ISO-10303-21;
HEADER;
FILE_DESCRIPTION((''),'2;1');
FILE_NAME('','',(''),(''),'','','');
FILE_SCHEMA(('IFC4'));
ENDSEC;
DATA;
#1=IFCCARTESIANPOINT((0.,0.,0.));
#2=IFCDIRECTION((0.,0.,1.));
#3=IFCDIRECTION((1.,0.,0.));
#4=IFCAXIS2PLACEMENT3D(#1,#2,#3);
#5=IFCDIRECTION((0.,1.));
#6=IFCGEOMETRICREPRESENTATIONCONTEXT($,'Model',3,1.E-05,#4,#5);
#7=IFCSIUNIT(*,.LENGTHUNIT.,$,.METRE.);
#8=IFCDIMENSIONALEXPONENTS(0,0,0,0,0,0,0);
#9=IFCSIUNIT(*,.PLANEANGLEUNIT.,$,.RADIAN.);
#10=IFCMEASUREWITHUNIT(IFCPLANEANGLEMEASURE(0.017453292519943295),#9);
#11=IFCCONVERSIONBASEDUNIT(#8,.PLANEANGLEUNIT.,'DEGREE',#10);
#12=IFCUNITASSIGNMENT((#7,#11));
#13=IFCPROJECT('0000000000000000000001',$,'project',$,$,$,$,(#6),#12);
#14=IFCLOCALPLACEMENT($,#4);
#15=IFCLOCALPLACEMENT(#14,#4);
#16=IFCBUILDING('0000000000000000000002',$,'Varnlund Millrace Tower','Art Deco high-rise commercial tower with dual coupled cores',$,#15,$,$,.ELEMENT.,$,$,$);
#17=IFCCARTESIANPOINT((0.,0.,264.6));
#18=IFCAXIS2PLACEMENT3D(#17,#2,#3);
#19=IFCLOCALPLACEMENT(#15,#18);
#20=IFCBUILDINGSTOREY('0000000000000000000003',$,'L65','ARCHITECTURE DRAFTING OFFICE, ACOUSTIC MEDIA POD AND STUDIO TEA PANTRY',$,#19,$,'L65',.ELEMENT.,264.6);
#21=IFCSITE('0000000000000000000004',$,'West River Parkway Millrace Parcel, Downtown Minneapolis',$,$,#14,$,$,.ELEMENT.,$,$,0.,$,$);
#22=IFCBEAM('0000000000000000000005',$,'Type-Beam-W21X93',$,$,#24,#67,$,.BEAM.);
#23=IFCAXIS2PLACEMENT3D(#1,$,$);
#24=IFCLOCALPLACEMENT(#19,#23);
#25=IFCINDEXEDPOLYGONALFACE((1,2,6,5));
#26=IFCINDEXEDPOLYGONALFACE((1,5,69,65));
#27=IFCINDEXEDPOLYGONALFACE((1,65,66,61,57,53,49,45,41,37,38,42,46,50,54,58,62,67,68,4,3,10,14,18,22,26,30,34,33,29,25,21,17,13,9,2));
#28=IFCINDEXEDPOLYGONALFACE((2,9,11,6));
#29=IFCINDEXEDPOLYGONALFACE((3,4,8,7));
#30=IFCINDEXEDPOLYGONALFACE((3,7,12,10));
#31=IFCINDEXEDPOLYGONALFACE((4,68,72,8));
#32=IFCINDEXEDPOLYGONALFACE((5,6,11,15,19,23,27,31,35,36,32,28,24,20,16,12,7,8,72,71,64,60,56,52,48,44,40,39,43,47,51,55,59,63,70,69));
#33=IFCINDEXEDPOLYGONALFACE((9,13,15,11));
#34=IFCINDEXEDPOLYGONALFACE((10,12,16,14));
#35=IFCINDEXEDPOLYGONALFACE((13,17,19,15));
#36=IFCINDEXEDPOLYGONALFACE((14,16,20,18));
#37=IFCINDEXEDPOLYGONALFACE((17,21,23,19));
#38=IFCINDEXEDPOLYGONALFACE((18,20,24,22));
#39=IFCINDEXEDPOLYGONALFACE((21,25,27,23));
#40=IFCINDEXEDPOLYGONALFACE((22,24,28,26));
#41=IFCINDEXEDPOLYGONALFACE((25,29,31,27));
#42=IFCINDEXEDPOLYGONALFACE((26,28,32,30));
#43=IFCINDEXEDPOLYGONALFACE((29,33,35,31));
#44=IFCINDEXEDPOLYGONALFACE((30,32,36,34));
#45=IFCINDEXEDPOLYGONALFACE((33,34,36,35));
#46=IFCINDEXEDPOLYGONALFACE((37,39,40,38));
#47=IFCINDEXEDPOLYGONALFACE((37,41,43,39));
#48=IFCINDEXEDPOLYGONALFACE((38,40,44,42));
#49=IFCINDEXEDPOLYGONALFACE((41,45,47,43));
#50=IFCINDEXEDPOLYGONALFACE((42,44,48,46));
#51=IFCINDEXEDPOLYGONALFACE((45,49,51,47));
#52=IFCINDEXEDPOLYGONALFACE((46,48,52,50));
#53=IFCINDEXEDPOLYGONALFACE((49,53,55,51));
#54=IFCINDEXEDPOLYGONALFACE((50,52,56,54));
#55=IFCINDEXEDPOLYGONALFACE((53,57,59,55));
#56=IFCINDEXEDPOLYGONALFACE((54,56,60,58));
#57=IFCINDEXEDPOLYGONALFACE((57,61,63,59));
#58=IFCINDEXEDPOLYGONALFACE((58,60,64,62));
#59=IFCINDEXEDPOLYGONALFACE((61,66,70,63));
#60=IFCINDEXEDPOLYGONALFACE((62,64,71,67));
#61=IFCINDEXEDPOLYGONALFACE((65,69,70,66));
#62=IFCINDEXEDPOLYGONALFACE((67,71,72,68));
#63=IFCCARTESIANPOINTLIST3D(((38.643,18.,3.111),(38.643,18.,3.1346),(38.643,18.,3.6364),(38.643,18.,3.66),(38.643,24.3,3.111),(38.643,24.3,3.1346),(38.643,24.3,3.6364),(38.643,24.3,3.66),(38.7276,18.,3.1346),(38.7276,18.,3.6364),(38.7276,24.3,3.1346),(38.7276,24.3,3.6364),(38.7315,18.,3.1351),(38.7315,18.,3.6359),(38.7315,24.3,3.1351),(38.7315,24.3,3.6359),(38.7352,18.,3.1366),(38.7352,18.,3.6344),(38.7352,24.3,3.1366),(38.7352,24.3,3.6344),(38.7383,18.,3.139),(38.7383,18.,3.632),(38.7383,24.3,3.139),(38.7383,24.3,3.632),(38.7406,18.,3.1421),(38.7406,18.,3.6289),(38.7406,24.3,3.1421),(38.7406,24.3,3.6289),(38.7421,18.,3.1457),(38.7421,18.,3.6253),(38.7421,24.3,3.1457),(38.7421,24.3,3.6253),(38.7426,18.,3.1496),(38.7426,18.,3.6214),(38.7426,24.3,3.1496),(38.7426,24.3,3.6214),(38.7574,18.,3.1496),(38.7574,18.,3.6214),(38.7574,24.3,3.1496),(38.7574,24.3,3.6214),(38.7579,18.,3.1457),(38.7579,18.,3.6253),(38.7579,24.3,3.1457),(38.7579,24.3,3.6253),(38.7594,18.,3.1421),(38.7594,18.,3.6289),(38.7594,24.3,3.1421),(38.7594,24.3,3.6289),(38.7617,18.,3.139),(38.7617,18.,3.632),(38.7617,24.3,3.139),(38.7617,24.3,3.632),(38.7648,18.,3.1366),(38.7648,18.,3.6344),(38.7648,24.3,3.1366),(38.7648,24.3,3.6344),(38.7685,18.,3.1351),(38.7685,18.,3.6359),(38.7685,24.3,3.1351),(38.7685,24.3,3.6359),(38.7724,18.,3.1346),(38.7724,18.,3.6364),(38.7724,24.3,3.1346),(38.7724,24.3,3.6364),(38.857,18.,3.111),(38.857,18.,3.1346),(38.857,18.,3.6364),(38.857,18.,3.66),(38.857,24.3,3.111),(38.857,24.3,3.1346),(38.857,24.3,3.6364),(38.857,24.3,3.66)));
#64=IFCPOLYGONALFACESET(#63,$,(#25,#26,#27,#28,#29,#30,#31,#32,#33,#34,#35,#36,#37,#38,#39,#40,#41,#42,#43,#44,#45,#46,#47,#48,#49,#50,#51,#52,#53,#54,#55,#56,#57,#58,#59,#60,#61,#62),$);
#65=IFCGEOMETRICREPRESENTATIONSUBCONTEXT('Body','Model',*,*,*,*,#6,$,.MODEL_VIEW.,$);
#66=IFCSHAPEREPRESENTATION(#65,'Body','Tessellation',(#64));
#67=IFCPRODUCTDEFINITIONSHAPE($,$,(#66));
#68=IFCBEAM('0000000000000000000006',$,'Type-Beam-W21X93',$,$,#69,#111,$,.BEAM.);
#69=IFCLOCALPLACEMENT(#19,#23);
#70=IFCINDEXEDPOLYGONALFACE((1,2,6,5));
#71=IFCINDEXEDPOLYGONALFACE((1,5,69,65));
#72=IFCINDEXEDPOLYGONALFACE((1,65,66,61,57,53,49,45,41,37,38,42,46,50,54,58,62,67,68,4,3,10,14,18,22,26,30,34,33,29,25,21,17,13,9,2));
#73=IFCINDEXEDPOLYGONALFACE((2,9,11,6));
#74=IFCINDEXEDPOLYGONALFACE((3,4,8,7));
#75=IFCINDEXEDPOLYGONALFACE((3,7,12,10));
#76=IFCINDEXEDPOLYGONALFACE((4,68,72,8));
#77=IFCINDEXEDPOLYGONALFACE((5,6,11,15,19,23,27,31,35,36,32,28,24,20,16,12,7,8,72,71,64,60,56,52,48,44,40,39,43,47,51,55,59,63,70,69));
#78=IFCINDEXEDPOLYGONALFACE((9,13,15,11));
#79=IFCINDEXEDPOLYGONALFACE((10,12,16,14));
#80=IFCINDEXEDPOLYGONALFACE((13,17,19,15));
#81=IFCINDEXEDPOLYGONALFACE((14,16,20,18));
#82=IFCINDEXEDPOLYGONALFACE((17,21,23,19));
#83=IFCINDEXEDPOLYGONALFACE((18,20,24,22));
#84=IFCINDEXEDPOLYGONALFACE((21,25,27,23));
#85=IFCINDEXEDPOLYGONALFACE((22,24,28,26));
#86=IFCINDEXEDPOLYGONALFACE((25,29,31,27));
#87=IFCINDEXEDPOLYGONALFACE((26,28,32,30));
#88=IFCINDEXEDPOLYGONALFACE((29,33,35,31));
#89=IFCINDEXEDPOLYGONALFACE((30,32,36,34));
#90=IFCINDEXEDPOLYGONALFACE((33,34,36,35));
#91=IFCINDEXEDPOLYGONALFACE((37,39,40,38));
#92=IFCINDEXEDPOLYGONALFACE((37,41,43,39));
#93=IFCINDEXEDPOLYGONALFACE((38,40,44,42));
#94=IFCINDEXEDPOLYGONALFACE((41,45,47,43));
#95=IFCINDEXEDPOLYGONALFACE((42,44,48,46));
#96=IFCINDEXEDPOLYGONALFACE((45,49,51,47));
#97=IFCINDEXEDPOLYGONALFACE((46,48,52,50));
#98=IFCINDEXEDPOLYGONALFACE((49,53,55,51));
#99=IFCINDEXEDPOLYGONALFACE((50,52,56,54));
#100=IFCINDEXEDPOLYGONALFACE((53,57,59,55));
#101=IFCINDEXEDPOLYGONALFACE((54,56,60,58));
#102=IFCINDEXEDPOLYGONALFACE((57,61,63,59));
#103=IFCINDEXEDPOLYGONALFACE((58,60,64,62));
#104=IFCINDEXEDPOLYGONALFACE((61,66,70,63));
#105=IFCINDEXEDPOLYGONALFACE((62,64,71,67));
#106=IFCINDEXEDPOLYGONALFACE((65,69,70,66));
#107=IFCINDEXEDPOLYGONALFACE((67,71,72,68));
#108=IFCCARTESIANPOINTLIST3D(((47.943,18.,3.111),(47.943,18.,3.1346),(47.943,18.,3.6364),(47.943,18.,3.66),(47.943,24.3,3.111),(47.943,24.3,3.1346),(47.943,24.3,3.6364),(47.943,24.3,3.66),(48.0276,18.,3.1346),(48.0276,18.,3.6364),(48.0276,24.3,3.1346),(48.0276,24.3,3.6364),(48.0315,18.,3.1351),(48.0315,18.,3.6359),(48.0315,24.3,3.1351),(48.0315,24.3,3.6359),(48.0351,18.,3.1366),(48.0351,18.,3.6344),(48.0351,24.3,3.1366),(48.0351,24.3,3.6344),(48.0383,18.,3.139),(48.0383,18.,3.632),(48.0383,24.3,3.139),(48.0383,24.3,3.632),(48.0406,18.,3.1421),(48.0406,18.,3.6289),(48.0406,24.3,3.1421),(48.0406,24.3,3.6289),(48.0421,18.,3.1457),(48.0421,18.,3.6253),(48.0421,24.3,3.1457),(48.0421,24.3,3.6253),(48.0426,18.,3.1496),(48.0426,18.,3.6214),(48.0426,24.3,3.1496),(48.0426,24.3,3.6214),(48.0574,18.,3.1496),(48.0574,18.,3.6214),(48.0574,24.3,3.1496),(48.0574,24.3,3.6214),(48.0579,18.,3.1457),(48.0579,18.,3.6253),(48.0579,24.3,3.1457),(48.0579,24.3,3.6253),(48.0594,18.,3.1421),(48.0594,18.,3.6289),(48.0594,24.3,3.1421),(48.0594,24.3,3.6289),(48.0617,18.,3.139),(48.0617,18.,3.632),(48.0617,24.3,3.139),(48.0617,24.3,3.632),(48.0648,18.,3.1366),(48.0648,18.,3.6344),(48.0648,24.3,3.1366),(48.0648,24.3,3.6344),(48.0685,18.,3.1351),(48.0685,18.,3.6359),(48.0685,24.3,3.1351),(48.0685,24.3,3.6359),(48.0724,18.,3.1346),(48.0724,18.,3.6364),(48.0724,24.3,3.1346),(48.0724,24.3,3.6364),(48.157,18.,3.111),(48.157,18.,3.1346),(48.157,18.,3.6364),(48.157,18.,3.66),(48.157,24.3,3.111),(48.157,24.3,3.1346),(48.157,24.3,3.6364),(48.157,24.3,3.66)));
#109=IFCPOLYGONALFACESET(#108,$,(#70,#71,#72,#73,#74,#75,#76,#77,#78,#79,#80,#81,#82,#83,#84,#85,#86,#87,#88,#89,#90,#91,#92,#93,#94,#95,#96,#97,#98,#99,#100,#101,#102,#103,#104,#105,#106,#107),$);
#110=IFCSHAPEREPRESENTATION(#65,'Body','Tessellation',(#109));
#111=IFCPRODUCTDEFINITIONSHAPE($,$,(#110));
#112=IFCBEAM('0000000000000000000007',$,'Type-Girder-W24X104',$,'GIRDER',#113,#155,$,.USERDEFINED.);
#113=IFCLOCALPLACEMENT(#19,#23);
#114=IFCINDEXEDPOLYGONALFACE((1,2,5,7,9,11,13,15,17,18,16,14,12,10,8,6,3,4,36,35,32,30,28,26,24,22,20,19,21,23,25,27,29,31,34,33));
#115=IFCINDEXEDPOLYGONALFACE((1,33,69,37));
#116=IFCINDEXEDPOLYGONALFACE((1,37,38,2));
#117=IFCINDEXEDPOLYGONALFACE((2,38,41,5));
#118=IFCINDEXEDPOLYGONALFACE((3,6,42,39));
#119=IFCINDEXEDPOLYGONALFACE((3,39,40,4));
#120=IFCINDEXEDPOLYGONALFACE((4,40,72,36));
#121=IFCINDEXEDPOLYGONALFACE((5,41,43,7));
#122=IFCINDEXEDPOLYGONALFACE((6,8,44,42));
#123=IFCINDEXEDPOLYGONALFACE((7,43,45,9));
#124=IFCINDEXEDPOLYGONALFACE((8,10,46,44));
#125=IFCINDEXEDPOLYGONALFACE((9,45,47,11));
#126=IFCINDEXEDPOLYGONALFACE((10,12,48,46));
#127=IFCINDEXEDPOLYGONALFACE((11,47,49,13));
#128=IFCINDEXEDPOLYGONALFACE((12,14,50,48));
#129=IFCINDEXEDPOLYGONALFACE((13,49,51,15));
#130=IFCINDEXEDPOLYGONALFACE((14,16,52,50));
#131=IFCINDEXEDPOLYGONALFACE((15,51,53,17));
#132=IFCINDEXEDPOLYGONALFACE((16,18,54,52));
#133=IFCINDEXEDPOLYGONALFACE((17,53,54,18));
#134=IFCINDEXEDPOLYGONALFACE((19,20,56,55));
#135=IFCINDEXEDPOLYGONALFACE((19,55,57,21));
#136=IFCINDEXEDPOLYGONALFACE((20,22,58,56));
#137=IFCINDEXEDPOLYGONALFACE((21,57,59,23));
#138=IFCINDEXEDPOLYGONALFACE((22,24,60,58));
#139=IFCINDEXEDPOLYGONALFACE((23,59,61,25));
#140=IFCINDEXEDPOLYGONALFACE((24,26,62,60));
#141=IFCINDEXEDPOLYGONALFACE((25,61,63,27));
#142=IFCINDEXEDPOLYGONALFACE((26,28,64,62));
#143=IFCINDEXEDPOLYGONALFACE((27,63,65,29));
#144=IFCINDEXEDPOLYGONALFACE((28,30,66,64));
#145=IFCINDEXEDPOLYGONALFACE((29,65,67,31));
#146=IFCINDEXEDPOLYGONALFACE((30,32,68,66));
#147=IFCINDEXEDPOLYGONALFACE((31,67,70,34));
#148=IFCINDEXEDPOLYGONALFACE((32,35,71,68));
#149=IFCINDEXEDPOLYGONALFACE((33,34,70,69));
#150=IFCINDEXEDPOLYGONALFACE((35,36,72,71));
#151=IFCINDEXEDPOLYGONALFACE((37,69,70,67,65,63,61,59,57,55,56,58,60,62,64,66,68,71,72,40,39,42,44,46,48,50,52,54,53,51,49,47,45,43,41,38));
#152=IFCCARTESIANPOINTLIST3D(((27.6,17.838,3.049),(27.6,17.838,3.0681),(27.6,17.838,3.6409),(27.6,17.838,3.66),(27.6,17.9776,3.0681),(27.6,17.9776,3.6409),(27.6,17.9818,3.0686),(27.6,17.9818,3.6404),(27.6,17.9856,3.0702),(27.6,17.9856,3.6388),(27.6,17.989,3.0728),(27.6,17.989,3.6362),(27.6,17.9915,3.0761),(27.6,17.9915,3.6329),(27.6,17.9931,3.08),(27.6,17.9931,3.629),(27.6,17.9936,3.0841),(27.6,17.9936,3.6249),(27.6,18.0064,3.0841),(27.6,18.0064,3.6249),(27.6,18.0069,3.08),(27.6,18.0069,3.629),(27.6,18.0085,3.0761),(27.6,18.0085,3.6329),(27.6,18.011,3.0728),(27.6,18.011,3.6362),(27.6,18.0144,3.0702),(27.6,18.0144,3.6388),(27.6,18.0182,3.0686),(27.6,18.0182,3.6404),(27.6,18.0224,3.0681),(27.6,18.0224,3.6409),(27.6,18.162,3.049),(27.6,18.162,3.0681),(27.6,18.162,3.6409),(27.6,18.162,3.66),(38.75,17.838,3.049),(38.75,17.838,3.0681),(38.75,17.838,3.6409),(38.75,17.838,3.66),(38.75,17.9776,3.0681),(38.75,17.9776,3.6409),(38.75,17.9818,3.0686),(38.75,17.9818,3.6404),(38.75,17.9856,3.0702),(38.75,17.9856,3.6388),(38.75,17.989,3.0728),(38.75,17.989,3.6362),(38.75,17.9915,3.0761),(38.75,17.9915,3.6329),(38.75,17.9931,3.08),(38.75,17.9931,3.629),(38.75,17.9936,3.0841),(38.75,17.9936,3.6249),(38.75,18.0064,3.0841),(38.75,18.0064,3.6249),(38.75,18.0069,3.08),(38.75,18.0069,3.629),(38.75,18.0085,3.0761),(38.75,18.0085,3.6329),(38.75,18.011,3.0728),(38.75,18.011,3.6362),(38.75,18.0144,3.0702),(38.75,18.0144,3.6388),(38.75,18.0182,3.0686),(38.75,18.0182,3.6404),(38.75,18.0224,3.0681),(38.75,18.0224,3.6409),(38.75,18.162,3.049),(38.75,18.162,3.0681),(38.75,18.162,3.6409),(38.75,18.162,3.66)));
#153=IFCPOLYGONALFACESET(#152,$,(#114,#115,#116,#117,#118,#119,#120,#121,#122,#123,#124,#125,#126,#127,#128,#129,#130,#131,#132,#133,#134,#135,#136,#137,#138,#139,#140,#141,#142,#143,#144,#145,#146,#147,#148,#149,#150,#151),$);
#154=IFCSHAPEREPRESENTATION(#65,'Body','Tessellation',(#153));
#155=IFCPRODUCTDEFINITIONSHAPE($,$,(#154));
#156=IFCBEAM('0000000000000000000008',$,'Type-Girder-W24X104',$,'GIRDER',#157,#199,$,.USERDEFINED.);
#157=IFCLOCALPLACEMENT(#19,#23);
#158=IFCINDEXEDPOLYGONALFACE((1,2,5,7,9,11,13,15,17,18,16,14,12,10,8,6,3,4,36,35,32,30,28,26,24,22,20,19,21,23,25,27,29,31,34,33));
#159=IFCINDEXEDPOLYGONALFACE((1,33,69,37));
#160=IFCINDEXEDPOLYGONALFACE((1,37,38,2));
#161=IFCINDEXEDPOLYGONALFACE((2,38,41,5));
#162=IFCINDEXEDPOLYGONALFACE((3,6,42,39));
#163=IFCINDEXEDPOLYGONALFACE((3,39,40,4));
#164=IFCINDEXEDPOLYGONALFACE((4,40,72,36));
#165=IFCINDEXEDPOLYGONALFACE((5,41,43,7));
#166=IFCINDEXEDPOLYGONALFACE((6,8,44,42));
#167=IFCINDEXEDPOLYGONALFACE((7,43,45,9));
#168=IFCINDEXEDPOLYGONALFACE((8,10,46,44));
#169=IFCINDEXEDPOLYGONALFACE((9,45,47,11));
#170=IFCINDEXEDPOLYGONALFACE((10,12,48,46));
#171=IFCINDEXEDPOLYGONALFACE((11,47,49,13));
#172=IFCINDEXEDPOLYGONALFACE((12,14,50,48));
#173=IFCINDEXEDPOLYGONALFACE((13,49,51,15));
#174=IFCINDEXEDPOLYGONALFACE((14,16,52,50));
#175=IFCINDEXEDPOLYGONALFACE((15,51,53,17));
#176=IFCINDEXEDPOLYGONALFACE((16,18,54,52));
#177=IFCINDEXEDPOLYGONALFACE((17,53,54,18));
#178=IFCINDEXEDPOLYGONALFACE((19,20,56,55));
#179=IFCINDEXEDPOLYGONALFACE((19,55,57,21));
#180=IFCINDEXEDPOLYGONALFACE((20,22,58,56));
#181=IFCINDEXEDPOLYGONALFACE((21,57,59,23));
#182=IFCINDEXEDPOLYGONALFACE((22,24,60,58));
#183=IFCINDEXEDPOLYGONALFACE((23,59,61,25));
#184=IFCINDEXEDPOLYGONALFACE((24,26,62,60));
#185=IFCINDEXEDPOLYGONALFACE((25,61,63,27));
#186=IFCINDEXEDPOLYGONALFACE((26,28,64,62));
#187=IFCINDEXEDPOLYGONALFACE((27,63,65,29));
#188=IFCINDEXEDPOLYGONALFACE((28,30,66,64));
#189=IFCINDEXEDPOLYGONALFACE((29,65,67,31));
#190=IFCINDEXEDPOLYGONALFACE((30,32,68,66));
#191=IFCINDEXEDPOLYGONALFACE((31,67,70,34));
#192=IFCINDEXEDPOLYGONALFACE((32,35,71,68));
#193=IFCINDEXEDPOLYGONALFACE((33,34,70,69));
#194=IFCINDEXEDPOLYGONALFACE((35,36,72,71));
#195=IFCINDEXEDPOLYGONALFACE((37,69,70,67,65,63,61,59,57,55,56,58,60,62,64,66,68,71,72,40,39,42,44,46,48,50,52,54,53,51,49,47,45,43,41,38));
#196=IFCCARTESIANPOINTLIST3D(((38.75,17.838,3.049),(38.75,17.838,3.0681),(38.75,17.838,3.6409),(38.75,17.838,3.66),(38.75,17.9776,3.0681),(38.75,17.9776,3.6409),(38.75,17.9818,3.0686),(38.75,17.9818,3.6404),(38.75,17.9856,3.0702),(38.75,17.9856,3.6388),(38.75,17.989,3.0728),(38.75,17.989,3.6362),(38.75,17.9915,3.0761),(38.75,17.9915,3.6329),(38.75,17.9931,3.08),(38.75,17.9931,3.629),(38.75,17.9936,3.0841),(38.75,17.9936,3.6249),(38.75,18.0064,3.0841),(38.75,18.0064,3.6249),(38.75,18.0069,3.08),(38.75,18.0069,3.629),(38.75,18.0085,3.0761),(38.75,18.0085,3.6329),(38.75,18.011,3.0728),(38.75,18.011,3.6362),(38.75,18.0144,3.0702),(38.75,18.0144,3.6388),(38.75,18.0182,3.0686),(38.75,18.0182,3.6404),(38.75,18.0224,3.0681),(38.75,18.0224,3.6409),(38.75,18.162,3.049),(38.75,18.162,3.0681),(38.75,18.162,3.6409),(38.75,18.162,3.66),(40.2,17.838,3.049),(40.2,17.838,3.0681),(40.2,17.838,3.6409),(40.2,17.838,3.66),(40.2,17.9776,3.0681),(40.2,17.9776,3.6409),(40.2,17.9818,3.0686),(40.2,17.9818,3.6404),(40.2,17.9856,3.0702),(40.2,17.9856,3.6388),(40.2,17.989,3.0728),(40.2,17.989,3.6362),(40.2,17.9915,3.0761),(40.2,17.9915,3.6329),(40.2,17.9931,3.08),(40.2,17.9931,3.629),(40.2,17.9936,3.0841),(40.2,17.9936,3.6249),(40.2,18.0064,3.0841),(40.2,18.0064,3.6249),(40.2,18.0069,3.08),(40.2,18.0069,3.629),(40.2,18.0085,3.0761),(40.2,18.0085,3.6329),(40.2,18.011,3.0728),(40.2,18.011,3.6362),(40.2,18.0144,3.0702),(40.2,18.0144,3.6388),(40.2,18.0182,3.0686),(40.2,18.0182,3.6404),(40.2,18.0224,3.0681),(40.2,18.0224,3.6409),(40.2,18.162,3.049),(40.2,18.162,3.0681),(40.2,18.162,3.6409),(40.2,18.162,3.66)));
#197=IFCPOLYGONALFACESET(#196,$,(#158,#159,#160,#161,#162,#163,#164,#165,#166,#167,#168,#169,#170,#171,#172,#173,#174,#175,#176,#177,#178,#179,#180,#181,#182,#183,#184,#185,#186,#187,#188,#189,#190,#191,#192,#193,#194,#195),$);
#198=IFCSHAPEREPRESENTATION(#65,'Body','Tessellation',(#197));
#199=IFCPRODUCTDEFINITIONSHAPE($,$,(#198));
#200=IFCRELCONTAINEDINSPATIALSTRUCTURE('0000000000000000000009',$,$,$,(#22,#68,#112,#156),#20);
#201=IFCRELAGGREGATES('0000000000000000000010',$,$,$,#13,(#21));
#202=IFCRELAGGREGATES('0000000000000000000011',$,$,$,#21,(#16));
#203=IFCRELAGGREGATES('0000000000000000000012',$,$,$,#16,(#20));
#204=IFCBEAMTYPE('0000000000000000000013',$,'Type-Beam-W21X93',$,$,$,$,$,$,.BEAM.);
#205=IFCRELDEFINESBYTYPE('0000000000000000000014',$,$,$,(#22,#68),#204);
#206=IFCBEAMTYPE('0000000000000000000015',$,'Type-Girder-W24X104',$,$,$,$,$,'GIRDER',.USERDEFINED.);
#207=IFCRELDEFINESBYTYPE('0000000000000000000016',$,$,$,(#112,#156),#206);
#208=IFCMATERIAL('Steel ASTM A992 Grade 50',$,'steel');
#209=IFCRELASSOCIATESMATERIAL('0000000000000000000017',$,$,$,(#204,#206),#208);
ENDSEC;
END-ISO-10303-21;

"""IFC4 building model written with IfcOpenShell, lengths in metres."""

from ifc_helpers import new_model, entity, si_unit, converted_unit, direction, frame, origin_with_axes, origin_2d_with_axis, place, context, subcontext, project, spatial, i_section, extrude, material, material_profile, profile_set, type_object, element, save


model = new_model("IFC4")

# Units and contexts
model_context = context("Model", 3, precision=1e-05, world=origin_with_axes(), true_north=direction((0.0, 1.0)))
body_context = subcontext(model_context, "Body", "Model", "MODEL_VIEW")
ifc_project = project(units=[si_unit("LENGTHUNIT", "METRE"), converted_unit("PLANEANGLEUNIT", "DEGREE", entity("IfcPlaneAngleMeasure", 0.017453292519943295), si_unit("PLANEANGLEUNIT", "RADIAN"), dimensions=[0, 0, 0, 0, 0, 0, 0])], contexts=[model_context])

# Site, building, storey
site_placement = place(None, origin_with_axes())
site = spatial("IfcSite", under=ifc_project, at=site_placement, Name="West River Parkway Millrace Parcel, Downtown Minneapolis", CompositionType="ELEMENT", RefElevation=0.0)
building_placement = place(site_placement, origin_with_axes())
building = spatial("IfcBuilding", under=site, at=building_placement, Name="Varnlund Millrace Tower", Description="Art Deco high-rise commercial tower with dual coupled cores", CompositionType="ELEMENT")
storey_placement = place(building_placement, frame((0.0, 0.0, 264.6), z_axis=(0.0, 0.0, 1.0), x_axis=(1.0, 0.0, 0.0)))
storey = spatial("IfcBuildingStorey", under=building, at=storey_placement, Name="L65", Description="ARCHITECTURE DRAFTING OFFICE, ACOUSTIC MEDIA POD AND STUDIO TEA PANTRY", LongName="L65", CompositionType="ELEMENT", Elevation=264.6)

# Beams
ifc_material_1 = material(Name="Steel ASTM A992 Grade 50", Category="steel")
ifc_material_profile_1 = material_profile(ifc_material_1, i_section(OverallWidth=0.214, OverallDepth=0.549, WebThickness=0.0147, FlangeThickness=0.0236, FilletRadius=0.015, at=origin_2d_with_axis()), Name="Steel ASTM A992 Grade 50")
ifc_profile_set_1 = profile_set([ifc_material_profile_1], Name="Steel ASTM A992 Grade 50")
beam_type_1 = type_object("IfcBeamType", Name="Type-Beam-W21X93", PredefinedType="BEAM", material=ifc_profile_set_1)
for number, where, z_axis, x_axis, name in (
    (1, (38.75, 18.0, 3.3855), (0.0, 1.0, 0.0), (-1.0, 0.0, 0.0), "Type-Beam-W21X93"),
    (2, (48.05, 18.0, 3.3855), (0.0, 1.0, 0.0), (-1.0, 0.0, 0.0), "Type-Beam-W21X93"),
):
    element("IfcBeam", number, at=place(storey_placement, frame(where, z_axis=z_axis, x_axis=x_axis)), inside=storey, type_object=beam_type_1, Name=name, PredefinedType="BEAM", context=body_context, shape_type="SweptSolid", body=[
        extrude(i_section(OverallWidth=0.214, OverallDepth=0.549, WebThickness=0.0147, FlangeThickness=0.0236, FilletRadius=0.015, at=origin_2d_with_axis()), origin_with_axes(), (0.0, 0.0, 1.0), 6.3),
    ])
ifc_material_profile_2 = material_profile(ifc_material_1, i_section(OverallWidth=0.324, OverallDepth=0.611, WebThickness=0.0127, FlangeThickness=0.0191, FilletRadius=0.016, at=origin_2d_with_axis()), Name="Steel ASTM A992 Grade 50")
ifc_profile_set_2 = profile_set([ifc_material_profile_2], Name="Steel ASTM A992 Grade 50")
beam_type_2 = type_object("IfcBeamType", Name="Type-Girder-W24X104", ElementType="GIRDER", PredefinedType="USERDEFINED", material=ifc_profile_set_2)
beam_1_placement = place(storey_placement, frame((27.6, 18.0, 3.3545), z_axis=(1.0, 0.0, 0.0), x_axis=(0.0, 1.0, 0.0)))
element("IfcBeam", 3, at=beam_1_placement, inside=storey, type_object=beam_type_2, Name="Type-Girder-W24X104", ObjectType="GIRDER", PredefinedType="USERDEFINED", context=body_context, shape_type="SweptSolid", body=[
    extrude(i_section(OverallWidth=0.324, OverallDepth=0.611, WebThickness=0.0127, FlangeThickness=0.0191, FilletRadius=0.016, at=origin_2d_with_axis()), origin_with_axes(), (0.0, 0.0, 1.0), 11.15),
])
beam_2_placement = place(storey_placement, frame((38.75, 18.0, 3.3545), z_axis=(1.0, 0.0, 0.0), x_axis=(0.0, 1.0, 0.0)))
element("IfcBeam", 4, at=beam_2_placement, inside=storey, type_object=beam_type_2, Name="Type-Girder-W24X104", ObjectType="GIRDER", PredefinedType="USERDEFINED", context=body_context, shape_type="SweptSolid", body=[
    extrude(i_section(OverallWidth=0.324, OverallDepth=0.611, WebThickness=0.0127, FlangeThickness=0.0191, FilletRadius=0.016, at=origin_2d_with_axis()), origin_with_axes(), (0.0, 0.0, 1.0), 1.45),
])

save(model, "model.ifc")
